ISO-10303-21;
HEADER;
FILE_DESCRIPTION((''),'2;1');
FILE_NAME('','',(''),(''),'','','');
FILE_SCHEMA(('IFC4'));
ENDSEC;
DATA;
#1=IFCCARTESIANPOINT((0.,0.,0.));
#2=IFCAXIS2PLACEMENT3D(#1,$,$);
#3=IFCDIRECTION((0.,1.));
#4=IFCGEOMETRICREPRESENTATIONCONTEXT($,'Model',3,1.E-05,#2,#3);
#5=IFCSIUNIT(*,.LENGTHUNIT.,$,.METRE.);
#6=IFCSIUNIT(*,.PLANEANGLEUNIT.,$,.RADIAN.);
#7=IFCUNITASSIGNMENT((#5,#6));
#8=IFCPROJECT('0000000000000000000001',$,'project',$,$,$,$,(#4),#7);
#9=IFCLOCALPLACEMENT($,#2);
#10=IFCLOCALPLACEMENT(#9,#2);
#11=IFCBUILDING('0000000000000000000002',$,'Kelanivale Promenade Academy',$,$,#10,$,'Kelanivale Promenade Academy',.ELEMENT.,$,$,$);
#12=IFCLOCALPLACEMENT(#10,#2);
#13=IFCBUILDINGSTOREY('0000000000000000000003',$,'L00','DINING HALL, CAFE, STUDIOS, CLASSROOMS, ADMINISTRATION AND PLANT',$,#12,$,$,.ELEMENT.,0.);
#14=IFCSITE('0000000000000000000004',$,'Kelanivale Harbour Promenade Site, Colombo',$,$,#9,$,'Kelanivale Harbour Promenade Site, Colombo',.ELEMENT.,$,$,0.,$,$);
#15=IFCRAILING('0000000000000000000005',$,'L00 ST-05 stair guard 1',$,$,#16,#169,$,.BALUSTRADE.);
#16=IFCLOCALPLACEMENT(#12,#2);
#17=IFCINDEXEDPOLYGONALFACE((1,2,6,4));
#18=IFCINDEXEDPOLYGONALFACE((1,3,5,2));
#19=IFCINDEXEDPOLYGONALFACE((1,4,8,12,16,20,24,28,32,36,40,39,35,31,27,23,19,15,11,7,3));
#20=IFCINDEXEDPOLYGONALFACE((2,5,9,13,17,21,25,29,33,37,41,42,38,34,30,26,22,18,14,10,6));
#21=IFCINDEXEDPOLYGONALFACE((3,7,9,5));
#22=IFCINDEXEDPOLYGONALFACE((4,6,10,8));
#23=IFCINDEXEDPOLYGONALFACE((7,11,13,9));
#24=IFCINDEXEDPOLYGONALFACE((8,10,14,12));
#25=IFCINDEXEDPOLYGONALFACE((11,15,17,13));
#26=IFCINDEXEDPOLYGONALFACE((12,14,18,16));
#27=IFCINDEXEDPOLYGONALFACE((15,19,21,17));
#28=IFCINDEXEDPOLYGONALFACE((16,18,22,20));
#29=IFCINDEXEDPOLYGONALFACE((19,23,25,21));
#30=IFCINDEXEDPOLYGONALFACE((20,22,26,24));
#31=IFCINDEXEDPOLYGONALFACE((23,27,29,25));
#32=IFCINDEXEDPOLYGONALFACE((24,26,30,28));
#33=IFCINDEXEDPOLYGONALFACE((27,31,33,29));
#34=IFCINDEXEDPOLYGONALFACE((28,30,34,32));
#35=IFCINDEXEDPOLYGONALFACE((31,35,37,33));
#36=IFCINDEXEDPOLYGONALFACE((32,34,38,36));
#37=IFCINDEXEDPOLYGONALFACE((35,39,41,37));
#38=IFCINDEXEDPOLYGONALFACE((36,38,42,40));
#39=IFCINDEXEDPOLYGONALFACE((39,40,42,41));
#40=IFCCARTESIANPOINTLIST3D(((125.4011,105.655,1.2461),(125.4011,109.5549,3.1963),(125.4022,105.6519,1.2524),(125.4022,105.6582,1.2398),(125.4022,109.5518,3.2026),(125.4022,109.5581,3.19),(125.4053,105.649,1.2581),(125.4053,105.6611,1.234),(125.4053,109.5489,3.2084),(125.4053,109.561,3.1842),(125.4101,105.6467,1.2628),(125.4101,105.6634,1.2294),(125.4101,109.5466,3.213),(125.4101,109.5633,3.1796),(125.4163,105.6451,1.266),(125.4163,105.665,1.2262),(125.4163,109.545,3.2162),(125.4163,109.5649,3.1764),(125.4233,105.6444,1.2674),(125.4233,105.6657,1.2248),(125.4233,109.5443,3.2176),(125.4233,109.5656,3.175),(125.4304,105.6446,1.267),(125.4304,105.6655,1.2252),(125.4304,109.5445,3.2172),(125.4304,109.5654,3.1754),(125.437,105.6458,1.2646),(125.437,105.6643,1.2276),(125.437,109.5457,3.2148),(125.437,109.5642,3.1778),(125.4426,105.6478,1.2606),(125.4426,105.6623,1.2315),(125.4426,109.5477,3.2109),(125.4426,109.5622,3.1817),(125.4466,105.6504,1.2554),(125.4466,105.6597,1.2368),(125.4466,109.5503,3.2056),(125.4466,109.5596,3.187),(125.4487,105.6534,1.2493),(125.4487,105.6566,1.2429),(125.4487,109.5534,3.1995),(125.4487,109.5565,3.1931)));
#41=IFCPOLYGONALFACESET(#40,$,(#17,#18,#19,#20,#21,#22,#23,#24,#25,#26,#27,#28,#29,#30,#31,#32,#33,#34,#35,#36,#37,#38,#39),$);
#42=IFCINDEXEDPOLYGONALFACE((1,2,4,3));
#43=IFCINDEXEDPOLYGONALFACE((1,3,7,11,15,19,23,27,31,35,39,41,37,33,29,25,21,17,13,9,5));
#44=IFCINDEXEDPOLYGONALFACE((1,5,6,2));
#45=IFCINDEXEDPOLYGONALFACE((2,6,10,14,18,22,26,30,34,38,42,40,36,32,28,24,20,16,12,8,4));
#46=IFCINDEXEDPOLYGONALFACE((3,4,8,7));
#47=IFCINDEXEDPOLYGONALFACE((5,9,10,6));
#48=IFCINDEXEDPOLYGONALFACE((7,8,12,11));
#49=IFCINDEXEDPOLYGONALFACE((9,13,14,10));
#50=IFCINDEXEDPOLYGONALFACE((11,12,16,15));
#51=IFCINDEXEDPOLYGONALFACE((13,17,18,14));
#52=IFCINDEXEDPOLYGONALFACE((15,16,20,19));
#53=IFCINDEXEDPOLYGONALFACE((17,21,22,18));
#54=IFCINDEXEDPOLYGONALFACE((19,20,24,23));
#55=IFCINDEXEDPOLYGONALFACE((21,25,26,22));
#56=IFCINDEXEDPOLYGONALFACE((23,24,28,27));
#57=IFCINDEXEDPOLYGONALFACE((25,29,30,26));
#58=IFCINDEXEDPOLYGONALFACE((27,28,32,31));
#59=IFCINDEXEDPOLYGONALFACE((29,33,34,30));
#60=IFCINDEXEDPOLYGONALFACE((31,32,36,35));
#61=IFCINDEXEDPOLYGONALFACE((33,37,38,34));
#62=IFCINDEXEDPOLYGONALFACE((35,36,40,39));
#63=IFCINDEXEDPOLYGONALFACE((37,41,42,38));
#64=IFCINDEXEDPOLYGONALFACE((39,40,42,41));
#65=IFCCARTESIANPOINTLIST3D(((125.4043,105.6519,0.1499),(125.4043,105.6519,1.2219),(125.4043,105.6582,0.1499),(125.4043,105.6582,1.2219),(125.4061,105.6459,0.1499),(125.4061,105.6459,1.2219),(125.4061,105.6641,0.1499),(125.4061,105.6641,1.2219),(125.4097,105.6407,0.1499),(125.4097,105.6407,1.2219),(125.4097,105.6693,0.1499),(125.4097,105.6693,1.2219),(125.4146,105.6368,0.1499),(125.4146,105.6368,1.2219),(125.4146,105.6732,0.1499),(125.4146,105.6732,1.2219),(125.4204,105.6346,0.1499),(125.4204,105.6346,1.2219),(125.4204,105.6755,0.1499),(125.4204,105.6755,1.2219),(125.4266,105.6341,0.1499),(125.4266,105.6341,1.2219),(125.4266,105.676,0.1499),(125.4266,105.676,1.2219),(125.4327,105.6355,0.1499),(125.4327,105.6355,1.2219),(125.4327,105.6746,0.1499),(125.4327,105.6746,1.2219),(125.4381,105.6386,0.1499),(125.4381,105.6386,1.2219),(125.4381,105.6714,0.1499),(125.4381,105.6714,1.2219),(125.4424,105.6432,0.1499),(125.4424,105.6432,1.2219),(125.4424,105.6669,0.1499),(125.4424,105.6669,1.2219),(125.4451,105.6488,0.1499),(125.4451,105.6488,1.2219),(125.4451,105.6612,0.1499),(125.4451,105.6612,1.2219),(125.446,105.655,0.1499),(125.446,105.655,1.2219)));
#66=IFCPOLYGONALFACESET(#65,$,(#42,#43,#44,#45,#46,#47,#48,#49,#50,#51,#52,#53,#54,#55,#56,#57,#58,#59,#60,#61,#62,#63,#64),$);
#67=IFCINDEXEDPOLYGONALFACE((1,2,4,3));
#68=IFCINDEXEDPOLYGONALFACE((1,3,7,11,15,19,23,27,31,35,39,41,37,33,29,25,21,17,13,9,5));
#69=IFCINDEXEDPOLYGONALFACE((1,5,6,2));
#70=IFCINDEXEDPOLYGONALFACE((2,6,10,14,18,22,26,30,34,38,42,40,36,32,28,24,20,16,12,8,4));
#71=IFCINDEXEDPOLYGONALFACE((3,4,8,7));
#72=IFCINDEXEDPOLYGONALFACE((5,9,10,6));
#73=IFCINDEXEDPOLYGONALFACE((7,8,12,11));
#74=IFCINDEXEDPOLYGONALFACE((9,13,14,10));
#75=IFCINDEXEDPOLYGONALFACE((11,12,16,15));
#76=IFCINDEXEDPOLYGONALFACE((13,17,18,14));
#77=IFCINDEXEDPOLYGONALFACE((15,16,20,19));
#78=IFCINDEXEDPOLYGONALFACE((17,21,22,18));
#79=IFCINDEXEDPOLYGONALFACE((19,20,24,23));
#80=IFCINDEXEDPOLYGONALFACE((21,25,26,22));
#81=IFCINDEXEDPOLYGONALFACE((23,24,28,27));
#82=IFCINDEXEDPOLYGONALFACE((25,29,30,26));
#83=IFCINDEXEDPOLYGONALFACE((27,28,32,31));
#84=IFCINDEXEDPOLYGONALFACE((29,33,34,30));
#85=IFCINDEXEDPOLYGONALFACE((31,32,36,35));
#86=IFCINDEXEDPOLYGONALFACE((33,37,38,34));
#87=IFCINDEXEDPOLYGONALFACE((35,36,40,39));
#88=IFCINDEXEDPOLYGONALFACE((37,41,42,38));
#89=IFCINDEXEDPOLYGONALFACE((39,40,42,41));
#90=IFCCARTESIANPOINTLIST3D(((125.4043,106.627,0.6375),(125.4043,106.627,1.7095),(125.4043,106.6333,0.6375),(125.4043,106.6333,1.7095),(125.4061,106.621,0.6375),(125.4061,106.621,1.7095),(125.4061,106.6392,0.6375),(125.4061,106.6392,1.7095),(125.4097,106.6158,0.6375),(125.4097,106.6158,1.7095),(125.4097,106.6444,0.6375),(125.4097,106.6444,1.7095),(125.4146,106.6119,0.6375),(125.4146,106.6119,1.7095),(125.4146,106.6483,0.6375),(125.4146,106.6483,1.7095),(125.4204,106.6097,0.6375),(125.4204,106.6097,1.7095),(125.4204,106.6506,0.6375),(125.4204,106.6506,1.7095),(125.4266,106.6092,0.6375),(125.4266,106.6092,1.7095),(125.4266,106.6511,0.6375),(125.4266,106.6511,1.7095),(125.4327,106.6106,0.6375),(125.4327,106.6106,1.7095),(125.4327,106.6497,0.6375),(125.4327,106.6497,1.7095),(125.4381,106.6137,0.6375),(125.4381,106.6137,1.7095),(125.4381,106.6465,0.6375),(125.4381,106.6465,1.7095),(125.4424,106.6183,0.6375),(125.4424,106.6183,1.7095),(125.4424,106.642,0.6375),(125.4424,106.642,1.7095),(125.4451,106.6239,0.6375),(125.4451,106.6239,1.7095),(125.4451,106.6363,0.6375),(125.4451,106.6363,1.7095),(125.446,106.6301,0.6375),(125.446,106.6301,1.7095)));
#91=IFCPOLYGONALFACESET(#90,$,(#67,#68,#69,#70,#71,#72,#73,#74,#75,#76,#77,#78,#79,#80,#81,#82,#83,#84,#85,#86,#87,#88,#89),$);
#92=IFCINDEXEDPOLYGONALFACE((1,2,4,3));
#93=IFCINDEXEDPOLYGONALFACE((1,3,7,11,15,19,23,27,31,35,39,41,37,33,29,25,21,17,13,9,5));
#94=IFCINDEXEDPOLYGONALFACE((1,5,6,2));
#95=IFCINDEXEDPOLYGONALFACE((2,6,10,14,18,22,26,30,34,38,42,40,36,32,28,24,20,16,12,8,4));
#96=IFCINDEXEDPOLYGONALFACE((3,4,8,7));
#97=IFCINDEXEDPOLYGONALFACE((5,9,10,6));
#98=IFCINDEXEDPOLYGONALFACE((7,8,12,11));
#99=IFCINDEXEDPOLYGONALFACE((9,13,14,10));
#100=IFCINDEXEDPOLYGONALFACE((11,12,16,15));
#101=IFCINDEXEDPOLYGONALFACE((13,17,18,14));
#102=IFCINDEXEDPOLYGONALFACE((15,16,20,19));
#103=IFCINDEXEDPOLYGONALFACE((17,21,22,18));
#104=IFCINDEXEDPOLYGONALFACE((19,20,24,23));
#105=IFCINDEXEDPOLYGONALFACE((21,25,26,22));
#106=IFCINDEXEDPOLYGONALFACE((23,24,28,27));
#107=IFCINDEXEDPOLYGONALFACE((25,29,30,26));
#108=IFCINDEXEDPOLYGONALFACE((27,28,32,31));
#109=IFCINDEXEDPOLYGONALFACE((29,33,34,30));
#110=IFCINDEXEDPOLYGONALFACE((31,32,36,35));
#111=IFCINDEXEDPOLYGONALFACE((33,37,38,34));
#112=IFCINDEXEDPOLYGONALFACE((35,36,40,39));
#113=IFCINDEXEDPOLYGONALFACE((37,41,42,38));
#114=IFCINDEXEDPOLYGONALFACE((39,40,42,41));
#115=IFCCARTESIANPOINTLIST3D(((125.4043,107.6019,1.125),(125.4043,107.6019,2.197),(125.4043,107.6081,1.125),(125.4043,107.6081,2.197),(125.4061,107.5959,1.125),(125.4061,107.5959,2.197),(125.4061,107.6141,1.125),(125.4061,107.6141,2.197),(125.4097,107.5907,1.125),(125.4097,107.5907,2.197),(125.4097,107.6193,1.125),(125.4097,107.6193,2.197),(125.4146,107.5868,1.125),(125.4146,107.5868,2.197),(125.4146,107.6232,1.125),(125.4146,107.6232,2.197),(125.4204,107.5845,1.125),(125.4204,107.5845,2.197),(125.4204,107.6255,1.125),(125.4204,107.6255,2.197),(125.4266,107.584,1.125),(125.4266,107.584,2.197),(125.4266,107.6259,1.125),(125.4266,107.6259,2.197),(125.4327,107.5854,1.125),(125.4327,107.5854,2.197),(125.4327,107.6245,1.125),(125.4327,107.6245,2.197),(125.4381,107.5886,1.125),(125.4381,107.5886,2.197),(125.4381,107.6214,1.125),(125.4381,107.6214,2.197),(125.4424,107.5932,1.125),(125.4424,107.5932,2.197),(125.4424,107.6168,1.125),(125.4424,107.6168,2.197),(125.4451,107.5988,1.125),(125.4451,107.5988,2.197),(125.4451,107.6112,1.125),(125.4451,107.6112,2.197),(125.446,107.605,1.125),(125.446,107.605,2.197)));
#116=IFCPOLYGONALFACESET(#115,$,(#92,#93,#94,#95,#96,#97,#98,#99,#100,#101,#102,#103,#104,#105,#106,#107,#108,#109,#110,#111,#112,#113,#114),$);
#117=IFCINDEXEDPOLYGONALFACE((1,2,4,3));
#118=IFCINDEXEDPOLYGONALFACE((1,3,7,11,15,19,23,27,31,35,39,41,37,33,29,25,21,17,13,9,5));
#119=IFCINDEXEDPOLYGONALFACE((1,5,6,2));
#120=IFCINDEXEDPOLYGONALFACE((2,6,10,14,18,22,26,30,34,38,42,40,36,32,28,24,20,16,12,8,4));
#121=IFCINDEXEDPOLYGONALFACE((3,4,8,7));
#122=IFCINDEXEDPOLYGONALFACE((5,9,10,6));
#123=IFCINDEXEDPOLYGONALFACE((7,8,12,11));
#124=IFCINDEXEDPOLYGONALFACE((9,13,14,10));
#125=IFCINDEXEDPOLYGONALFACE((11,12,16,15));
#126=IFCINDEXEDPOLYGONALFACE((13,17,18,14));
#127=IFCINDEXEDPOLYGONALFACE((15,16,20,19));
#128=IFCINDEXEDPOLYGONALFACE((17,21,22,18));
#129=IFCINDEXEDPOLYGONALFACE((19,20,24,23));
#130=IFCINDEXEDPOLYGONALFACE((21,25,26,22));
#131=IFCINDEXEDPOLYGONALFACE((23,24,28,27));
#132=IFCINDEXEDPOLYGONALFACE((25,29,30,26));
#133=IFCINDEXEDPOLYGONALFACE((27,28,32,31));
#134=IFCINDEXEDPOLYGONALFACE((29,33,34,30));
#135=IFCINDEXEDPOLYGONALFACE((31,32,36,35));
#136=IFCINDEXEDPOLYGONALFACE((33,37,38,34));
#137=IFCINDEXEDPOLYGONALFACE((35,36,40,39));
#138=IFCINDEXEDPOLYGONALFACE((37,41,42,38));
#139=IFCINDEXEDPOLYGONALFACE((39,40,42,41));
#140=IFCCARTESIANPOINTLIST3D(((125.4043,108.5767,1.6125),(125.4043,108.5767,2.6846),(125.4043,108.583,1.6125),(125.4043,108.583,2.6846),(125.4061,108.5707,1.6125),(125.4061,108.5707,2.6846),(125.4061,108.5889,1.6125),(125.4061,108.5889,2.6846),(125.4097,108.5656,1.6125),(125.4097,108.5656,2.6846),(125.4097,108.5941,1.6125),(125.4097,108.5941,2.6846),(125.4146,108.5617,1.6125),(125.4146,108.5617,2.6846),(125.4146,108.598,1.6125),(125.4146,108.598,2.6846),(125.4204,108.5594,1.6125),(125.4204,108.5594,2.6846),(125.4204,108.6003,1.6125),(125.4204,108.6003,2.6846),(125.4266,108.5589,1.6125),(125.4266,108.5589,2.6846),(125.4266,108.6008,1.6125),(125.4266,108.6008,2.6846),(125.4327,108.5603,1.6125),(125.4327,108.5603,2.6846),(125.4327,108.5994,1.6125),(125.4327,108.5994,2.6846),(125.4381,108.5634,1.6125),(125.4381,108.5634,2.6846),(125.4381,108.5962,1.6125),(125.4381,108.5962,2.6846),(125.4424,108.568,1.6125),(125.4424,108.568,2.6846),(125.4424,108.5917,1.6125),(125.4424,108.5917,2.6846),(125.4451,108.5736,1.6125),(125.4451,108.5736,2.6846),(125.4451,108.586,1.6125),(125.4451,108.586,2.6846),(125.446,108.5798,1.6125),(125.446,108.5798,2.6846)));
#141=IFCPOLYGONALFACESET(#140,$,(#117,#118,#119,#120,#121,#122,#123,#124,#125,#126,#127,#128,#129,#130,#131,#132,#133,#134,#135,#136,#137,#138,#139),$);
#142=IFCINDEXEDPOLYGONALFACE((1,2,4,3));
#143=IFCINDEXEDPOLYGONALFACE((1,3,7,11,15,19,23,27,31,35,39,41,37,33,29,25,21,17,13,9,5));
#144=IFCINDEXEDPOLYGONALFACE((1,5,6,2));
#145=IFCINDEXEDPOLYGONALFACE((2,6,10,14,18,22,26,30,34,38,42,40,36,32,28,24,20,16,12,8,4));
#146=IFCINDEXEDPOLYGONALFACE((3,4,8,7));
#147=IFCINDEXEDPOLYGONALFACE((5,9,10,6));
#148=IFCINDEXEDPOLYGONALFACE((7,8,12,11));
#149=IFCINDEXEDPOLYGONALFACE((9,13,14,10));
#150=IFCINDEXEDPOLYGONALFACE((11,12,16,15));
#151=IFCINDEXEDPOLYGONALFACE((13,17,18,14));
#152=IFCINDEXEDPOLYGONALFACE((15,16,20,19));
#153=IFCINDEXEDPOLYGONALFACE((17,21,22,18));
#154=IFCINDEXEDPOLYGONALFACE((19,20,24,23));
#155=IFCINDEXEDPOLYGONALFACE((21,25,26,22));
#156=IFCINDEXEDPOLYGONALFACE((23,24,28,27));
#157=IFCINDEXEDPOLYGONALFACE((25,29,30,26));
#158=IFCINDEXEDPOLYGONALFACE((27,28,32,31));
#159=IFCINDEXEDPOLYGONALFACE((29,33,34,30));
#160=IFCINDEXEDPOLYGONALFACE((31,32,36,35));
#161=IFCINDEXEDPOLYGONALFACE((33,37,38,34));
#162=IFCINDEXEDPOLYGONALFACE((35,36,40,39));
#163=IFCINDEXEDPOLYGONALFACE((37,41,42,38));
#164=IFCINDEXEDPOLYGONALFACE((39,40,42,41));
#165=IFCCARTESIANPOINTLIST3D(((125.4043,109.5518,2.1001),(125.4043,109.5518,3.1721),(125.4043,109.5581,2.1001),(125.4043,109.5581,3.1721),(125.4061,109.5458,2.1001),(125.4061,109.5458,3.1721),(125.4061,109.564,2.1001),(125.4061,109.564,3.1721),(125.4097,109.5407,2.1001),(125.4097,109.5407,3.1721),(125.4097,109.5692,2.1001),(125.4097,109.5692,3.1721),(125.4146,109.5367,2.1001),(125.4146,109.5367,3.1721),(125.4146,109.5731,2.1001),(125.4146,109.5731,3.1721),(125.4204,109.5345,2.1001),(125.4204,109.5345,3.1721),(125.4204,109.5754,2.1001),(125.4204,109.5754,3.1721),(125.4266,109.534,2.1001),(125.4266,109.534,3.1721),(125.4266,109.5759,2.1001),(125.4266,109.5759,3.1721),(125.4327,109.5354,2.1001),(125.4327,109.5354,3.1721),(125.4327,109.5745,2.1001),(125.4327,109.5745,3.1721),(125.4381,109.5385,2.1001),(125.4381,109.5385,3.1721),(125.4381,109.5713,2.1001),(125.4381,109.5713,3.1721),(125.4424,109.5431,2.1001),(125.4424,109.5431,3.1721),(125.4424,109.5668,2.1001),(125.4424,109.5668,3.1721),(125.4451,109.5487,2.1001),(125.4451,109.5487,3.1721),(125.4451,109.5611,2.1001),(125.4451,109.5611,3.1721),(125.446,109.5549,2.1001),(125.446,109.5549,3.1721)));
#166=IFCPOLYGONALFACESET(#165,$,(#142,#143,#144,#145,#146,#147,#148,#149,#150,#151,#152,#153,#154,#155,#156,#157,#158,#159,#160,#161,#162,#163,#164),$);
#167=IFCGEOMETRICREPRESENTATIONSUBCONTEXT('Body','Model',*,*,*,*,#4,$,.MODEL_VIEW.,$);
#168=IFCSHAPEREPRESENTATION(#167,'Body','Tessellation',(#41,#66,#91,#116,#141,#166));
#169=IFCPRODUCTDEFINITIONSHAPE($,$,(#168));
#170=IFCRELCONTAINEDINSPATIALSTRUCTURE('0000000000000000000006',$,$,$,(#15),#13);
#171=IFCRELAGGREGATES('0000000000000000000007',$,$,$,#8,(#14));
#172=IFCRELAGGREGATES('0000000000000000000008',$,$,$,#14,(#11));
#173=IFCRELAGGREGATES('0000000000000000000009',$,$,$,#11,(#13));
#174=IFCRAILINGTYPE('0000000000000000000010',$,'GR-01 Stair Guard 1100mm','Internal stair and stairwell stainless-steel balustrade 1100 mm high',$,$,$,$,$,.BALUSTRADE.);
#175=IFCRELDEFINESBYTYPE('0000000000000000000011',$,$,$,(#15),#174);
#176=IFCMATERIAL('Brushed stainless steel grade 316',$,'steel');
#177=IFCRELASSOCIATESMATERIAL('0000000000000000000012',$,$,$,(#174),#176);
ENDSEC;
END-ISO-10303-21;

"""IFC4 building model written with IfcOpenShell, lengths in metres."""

from ifc_helpers import new_model, si_unit, direction, frame, origin, origin_2d, place, context, subcontext, project, spatial, circle, extrude, material, type_object, element, save


model = new_model("IFC4")

# Units and contexts
model_context = context("Model", 3, precision=1e-05, world=origin(), true_north=direction((0.0, 1.0)))
body_context = subcontext(model_context, "Body", "Model", "MODEL_VIEW")
ifc_project = project(units=[si_unit("LENGTHUNIT", "METRE"), si_unit("PLANEANGLEUNIT", "RADIAN")], contexts=[model_context])

# Site, building, storey
site_placement = place(None, origin())
site = spatial("IfcSite", under=ifc_project, at=site_placement, Name="Kelanivale Harbour Promenade Site, Colombo", LongName="Kelanivale Harbour Promenade Site, Colombo", CompositionType="ELEMENT", RefElevation=0.0)
building_placement = place(site_placement, origin())
building = spatial("IfcBuilding", under=site, at=building_placement, Name="Kelanivale Promenade Academy", LongName="Kelanivale Promenade Academy", CompositionType="ELEMENT")
storey_placement = place(building_placement, origin())
storey = spatial("IfcBuildingStorey", under=building, at=storey_placement, Name="L00", Description="DINING HALL, CAFE, STUDIOS, CLASSROOMS, ADMINISTRATION AND PLANT", CompositionType="ELEMENT", Elevation=0.0)

# Railing
ifc_material_1 = material(Name="Brushed stainless steel grade 316", Category="steel")
railing_type_1 = type_object("IfcRailingType", Name="GR-01 Stair Guard 1100mm", Description="Internal stair and stairwell stainless-steel balustrade 1100 mm high", PredefinedType="BALUSTRADE", material=ifc_material_1)
railing_1_placement = place(storey_placement, frame((125.425, 105.655, 0.1499)))
element("IfcRailing", 1, at=railing_1_placement, inside=storey, type_object=railing_type_1, Name="L00 ST-05 stair guard 1", PredefinedType="BALUSTRADE", context=body_context, shape_type="SweptSolid", body=[
    extrude(circle(Radius=0.0239, at=origin_2d()), frame((0.0, 0.0, 1.0962), z_axis=(0.0, 0.894405, 0.447258), x_axis=(-1.0, 0.0, 0.0)), (0.0, 0.0, 1.0), 4.3604),
    extrude(circle(Radius=0.021, at=origin_2d()), origin(), (0.0, 0.0, 1.0), 1.072),
    extrude(circle(Radius=0.021, at=origin_2d()), frame((0.0, 0.9751, 0.4875)), (0.0, 0.0, 1.0), 1.072),
    extrude(circle(Radius=0.021, at=origin_2d()), frame((0.0, 1.95, 0.9751)), (0.0, 0.0, 1.0), 1.072),
    extrude(circle(Radius=0.021, at=origin_2d()), frame((0.0, 2.9248, 1.4626)), (0.0, 0.0, 1.0), 1.072),
    extrude(circle(Radius=0.021, at=origin_2d()), frame((0.0, 3.8999, 1.9502)), (0.0, 0.0, 1.0), 1.072),
])

save(model, "model.ifc")
